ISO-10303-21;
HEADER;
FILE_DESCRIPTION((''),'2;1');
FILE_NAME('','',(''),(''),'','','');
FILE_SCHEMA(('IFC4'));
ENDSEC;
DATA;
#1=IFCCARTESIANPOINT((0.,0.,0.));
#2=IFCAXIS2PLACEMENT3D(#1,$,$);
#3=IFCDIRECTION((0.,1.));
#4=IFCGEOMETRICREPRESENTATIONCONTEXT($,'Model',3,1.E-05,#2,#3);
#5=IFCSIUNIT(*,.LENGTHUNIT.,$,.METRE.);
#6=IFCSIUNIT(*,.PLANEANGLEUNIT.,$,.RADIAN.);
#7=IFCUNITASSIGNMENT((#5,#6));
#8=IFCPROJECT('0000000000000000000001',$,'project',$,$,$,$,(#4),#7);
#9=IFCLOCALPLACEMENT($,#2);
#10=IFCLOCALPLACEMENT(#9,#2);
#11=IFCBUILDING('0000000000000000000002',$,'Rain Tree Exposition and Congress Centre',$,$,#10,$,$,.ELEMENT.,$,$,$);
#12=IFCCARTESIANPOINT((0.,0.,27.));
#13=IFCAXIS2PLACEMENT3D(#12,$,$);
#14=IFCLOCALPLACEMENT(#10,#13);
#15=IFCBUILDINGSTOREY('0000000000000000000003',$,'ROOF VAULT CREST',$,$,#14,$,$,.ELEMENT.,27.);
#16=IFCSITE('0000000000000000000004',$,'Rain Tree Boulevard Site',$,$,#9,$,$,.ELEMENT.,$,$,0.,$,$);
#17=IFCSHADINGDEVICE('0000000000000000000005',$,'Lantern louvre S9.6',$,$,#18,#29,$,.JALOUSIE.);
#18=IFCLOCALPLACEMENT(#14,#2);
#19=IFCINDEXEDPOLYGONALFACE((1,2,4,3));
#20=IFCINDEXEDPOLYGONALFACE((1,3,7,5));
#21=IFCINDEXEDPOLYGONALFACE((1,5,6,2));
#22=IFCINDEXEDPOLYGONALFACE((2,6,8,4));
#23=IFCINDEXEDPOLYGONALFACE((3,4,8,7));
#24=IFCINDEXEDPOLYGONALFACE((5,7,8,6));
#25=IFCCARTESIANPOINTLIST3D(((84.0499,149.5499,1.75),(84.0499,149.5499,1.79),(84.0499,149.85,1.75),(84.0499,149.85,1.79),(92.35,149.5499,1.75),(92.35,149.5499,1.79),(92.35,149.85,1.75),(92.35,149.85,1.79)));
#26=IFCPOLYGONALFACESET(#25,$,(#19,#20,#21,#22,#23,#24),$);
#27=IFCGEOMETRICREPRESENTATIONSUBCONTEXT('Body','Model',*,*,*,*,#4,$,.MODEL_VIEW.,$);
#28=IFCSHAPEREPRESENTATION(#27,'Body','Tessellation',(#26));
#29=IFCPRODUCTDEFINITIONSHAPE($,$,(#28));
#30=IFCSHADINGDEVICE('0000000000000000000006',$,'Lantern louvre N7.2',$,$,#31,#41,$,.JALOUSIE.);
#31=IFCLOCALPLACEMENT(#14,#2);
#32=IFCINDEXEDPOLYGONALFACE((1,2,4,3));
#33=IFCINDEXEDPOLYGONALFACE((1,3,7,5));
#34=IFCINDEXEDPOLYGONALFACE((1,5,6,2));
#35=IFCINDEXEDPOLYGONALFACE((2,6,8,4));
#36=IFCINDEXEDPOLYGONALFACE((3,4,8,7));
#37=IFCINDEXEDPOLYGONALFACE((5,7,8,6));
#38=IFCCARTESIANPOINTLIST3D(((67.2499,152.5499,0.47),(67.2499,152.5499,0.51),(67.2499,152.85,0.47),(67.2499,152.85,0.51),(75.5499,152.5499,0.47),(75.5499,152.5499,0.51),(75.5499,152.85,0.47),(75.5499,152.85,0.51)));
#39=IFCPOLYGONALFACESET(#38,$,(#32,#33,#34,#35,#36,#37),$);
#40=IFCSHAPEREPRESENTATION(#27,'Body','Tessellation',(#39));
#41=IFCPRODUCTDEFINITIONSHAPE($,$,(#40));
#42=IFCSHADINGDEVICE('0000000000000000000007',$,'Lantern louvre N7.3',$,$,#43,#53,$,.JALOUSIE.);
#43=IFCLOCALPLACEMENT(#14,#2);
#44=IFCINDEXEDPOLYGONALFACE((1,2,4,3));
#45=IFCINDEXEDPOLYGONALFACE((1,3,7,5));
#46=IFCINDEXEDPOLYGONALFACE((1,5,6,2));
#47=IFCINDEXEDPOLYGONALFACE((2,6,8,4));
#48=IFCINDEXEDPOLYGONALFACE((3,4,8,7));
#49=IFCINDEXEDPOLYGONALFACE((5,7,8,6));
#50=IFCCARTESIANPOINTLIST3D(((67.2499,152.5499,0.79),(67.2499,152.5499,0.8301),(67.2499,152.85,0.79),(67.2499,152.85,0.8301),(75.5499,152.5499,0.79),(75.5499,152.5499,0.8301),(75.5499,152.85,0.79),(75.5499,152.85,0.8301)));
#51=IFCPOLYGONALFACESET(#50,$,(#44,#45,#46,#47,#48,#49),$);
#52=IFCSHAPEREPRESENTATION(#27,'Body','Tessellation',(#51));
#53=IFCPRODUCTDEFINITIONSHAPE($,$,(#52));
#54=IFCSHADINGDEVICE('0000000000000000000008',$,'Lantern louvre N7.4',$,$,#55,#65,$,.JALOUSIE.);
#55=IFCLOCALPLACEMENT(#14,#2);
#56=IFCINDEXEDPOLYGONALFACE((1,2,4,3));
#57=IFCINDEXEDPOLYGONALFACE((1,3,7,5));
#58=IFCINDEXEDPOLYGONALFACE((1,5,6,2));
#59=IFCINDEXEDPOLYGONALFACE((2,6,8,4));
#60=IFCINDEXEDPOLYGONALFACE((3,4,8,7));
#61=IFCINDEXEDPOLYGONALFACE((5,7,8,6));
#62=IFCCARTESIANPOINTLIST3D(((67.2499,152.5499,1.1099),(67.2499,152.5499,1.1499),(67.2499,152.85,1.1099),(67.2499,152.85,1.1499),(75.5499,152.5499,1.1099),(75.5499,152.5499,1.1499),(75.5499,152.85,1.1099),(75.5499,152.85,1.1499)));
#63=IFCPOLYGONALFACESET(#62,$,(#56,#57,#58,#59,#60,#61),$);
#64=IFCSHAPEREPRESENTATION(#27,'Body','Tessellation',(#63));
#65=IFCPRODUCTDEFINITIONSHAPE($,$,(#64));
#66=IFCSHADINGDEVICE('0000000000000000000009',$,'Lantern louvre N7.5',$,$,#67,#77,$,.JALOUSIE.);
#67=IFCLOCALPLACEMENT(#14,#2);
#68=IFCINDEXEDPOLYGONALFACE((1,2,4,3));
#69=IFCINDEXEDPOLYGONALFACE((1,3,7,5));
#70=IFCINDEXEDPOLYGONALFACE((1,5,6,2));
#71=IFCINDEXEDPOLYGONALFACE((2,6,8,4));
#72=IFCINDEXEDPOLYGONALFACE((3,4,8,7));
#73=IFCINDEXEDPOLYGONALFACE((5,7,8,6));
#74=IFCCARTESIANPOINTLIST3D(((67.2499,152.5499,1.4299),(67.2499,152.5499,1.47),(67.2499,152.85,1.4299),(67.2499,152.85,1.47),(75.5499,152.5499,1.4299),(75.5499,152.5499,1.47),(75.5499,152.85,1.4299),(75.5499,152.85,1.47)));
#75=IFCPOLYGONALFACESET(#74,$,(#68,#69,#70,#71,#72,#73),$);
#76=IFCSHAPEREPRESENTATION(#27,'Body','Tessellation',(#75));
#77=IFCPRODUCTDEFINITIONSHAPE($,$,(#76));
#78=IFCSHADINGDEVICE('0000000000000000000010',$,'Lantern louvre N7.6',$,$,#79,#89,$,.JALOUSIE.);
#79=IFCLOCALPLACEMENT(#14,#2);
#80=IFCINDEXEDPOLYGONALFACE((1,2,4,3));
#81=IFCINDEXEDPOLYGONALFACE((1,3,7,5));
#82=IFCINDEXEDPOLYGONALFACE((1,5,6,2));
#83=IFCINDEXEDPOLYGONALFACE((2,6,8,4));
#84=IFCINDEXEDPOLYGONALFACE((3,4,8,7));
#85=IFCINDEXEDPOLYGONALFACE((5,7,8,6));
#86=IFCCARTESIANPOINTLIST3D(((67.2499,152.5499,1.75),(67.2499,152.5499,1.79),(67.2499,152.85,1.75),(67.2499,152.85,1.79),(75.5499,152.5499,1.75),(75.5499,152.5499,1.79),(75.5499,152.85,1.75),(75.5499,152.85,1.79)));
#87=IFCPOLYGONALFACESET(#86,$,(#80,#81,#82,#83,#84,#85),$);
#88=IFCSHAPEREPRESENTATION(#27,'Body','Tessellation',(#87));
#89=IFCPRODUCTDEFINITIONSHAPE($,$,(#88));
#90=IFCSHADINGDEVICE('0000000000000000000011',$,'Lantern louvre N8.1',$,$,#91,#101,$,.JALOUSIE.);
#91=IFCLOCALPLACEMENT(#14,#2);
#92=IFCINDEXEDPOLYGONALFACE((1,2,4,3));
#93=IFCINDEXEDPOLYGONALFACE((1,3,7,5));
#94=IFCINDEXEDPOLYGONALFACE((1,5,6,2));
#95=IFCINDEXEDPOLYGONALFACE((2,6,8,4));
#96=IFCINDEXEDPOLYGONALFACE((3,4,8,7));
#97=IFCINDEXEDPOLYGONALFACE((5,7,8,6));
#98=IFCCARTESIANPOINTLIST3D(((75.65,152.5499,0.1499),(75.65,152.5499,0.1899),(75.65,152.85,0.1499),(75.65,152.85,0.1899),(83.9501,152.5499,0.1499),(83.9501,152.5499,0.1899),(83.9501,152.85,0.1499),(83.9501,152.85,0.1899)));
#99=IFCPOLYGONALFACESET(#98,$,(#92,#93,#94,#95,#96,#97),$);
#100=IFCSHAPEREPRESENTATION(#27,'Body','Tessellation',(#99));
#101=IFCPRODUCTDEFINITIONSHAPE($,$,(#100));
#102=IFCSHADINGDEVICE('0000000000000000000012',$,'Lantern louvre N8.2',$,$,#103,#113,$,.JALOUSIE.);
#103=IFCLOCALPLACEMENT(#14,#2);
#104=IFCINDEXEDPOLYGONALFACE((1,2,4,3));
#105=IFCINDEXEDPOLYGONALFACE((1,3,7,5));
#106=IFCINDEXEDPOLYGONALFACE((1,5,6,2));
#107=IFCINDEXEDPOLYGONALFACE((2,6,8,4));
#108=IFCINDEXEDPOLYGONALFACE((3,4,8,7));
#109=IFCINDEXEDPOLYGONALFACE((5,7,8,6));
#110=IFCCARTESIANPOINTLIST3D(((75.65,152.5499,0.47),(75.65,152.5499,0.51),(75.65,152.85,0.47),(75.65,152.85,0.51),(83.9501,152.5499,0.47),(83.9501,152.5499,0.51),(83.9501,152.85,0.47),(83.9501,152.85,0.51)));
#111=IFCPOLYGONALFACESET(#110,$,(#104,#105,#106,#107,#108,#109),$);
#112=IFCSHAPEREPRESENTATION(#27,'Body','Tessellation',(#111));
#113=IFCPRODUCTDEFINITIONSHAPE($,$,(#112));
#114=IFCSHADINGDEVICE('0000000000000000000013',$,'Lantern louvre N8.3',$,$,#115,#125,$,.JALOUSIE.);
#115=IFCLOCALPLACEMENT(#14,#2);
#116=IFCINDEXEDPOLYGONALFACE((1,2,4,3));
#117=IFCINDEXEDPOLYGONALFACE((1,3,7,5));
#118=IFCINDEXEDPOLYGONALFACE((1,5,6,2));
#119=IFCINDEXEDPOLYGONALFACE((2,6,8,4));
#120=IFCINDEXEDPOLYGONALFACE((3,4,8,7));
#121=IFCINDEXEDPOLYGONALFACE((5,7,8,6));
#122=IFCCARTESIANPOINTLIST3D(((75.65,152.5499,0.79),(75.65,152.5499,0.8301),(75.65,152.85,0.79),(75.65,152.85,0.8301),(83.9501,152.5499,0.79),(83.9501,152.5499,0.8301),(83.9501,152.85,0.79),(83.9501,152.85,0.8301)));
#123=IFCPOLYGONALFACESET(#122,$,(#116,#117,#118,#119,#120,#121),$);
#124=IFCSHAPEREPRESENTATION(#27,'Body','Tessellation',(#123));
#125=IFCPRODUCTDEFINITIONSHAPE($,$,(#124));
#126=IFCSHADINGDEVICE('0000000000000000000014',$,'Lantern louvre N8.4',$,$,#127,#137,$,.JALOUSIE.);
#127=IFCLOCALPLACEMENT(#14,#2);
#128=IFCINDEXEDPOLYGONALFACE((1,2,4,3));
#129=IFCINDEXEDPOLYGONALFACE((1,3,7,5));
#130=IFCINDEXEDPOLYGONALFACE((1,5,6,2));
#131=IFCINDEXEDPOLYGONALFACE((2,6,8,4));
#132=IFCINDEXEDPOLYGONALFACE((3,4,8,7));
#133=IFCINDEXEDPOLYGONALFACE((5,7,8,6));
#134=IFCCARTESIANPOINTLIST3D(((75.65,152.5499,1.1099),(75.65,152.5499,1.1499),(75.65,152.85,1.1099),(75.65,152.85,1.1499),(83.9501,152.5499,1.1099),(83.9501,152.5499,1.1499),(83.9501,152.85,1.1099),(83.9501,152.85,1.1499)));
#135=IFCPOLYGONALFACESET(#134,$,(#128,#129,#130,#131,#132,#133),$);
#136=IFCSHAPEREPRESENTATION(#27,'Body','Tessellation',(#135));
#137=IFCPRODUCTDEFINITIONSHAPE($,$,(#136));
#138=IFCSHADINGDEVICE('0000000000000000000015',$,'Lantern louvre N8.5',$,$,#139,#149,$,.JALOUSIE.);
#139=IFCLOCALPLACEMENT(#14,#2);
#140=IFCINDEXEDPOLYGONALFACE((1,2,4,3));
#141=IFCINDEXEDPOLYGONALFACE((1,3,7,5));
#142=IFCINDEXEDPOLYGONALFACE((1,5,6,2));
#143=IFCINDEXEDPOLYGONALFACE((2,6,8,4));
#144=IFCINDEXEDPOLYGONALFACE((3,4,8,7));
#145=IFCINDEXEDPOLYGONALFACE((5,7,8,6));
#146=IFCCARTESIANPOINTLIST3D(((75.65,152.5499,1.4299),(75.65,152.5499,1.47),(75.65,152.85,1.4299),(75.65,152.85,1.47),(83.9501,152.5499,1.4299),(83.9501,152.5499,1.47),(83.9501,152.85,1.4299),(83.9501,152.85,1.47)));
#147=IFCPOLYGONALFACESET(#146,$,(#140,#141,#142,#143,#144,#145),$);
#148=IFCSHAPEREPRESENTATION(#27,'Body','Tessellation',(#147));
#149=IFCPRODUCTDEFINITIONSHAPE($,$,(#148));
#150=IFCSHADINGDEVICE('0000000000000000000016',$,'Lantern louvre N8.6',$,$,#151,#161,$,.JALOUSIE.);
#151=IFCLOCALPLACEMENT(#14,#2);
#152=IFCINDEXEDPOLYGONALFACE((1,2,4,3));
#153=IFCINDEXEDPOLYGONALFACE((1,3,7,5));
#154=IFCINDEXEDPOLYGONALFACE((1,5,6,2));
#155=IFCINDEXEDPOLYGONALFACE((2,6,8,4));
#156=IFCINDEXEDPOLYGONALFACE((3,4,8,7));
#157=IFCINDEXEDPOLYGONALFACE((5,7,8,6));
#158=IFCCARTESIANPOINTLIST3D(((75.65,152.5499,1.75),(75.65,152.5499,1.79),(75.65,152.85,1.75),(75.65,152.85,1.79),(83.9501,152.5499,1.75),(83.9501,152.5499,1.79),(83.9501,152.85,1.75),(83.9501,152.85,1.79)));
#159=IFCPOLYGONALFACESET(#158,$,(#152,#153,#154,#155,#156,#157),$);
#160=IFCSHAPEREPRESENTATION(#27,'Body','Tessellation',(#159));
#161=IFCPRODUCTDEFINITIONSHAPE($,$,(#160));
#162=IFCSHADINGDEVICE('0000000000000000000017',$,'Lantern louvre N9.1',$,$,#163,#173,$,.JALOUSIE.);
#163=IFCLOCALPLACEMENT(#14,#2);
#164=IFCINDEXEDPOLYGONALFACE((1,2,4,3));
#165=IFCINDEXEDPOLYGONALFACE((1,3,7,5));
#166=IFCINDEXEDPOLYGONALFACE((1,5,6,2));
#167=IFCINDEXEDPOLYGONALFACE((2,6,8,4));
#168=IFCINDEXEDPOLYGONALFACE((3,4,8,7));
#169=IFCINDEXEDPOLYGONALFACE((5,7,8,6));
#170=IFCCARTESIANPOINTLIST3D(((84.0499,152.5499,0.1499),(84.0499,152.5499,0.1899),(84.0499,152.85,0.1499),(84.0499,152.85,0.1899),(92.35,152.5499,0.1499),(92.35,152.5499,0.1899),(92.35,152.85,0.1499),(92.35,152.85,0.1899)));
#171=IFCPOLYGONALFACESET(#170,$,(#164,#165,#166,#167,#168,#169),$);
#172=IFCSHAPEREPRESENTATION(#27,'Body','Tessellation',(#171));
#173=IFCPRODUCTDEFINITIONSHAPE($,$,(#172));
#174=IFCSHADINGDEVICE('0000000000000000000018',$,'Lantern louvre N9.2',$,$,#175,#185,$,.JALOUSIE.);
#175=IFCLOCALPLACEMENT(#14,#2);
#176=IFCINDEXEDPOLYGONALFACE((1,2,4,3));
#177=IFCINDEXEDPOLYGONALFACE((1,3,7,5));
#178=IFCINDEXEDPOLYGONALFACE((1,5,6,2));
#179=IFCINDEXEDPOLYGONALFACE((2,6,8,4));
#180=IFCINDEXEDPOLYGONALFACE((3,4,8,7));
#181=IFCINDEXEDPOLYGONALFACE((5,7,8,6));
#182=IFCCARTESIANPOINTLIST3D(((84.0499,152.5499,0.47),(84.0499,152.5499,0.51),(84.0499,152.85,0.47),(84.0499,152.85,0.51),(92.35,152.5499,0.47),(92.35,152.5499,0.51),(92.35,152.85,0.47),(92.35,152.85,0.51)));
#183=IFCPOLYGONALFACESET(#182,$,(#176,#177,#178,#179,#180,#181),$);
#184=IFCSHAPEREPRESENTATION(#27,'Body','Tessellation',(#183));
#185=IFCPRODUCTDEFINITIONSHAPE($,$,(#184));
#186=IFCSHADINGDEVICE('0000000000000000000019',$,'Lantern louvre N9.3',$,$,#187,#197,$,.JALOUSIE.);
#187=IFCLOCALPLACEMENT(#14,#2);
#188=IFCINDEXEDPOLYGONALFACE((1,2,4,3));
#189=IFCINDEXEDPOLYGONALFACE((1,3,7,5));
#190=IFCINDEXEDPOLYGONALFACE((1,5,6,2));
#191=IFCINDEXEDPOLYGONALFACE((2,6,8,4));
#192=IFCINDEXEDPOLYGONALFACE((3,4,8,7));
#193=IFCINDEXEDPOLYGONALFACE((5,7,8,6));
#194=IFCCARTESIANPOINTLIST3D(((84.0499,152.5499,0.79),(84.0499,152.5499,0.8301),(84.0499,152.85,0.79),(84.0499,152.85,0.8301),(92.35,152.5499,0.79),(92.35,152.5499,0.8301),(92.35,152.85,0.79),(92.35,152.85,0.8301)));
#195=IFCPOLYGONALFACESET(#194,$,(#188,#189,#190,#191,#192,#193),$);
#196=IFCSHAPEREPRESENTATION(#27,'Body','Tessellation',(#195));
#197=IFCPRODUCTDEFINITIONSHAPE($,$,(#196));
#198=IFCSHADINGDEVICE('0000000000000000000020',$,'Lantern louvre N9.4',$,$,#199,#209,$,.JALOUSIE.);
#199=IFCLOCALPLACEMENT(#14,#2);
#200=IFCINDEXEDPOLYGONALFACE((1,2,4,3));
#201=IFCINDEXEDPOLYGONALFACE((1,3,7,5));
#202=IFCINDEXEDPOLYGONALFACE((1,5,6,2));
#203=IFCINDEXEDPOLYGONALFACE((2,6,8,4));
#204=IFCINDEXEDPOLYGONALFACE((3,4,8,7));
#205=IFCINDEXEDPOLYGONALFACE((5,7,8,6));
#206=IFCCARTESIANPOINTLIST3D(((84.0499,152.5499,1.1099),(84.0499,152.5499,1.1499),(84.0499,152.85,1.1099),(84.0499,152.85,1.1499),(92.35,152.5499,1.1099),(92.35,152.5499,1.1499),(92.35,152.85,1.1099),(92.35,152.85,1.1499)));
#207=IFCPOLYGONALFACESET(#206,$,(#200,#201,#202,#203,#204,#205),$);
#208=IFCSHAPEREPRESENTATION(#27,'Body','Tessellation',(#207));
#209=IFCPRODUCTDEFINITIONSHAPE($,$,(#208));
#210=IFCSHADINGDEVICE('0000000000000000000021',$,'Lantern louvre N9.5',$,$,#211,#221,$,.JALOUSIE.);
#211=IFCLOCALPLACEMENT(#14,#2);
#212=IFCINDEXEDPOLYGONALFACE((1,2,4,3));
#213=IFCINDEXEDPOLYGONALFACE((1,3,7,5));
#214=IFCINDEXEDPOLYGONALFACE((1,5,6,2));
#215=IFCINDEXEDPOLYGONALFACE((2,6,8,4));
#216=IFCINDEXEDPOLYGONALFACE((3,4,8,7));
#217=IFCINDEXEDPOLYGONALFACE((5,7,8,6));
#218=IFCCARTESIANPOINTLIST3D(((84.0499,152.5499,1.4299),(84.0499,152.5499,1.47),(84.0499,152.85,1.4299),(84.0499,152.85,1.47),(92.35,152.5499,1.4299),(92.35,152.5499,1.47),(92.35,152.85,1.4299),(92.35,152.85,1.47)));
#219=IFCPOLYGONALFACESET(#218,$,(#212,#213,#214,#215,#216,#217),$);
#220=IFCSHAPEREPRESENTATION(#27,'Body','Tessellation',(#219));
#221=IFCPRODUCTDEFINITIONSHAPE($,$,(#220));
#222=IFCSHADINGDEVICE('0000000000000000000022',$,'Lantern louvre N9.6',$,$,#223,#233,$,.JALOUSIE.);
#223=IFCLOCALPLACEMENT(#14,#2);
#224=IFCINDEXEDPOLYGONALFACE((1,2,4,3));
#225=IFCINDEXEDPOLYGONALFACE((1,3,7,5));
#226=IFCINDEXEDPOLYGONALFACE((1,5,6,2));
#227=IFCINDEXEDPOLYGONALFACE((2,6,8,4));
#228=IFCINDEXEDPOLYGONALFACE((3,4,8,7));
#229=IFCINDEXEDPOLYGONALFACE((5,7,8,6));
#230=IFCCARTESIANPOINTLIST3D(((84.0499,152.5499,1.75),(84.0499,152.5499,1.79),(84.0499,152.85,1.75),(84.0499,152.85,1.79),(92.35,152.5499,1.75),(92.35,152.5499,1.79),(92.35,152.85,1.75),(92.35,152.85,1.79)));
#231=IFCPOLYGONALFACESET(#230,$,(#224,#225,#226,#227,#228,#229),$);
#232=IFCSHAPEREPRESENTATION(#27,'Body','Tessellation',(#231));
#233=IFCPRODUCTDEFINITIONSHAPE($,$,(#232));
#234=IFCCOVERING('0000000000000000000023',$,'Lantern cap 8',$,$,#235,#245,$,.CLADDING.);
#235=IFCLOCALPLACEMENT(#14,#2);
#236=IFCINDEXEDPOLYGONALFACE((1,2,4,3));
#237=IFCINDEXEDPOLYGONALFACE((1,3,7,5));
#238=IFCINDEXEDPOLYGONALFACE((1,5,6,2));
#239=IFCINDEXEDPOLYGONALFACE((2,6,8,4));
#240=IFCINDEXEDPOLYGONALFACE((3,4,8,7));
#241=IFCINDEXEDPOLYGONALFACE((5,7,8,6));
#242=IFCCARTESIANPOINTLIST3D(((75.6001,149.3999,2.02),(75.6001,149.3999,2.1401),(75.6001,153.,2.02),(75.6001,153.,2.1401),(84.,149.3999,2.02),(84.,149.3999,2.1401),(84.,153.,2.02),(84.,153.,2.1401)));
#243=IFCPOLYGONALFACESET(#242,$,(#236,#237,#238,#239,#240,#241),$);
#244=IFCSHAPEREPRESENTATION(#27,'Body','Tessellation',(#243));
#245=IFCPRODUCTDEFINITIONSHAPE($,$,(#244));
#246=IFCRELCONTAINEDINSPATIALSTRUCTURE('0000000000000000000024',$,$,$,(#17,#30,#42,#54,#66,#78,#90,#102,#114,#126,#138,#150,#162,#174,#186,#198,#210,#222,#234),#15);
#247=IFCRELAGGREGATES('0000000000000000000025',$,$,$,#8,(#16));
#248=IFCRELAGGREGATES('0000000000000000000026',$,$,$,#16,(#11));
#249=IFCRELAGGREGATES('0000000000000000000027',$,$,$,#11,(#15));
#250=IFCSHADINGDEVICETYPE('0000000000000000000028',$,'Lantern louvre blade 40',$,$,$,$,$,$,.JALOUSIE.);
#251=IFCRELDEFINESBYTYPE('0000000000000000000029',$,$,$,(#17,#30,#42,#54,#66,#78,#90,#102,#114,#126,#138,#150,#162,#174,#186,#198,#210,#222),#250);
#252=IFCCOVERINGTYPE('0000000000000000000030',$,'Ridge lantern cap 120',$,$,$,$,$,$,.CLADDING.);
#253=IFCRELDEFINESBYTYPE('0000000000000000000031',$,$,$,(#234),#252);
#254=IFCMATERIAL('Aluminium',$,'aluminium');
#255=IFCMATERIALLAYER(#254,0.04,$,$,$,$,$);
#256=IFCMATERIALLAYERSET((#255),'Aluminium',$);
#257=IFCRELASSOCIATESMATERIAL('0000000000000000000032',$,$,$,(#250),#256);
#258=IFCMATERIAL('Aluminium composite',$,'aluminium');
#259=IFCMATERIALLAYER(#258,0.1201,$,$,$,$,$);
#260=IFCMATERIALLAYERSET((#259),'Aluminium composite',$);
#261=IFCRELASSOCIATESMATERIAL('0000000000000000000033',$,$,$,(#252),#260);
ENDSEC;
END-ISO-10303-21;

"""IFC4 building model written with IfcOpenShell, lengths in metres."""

from ifc_helpers import new_model, si_unit, direction, frame, origin, origin_2d, place, context, subcontext, project, spatial, rectangle, extrude, material, layer, layer_set, type_object, element, save


model = new_model("IFC4")

# Units and contexts
model_context = context("Model", 3, precision=1e-05, world=origin(), true_north=direction((0.0, 1.0)))
body_context = subcontext(model_context, "Body", "Model", "MODEL_VIEW")
ifc_project = project(units=[si_unit("LENGTHUNIT", "METRE"), si_unit("PLANEANGLEUNIT", "RADIAN")], contexts=[model_context])

# Site, building, storey
site_placement = place(None, origin())
site = spatial("IfcSite", under=ifc_project, at=site_placement, Name="Rain Tree Boulevard Site", CompositionType="ELEMENT", RefElevation=0.0)
building_placement = place(site_placement, origin())
building = spatial("IfcBuilding", under=site, at=building_placement, Name="Rain Tree Exposition and Congress Centre", CompositionType="ELEMENT")
storey_placement = place(building_placement, frame((0.0, 0.0, 27.0)))
storey = spatial("IfcBuildingStorey", under=building, at=storey_placement, Name="ROOF VAULT CREST", CompositionType="ELEMENT", Elevation=27.0)

# Shading devices
ifc_material_1 = material(Name="Aluminium", Category="aluminium")
ifc_layer_1 = layer(ifc_material_1, 0.04)
ifc_layer_set_1 = layer_set([ifc_layer_1], Name="Aluminium")
shading_device_type = type_object("IfcShadingDeviceType", Name="Lantern louvre blade 40", PredefinedType="JALOUSIE", material=ifc_layer_set_1)
for number, where, z_axis, x_axis, name in (
    (1, (88.2, 149.7, 1.75), (0.0, 0.0, 1.0), (1.0, 0.0, 0.0), "Lantern louvre S9.6"),
    (2, (71.3999, 152.7, 0.47), (0.0, 0.0, 1.0), (1.0, 0.0, 0.0), "Lantern louvre N7.2"),
    (3, (71.3999, 152.7, 0.79), (0.0, 0.0, 1.0), (1.0, 0.0, 0.0), "Lantern louvre N7.3"),
    (4, (71.3999, 152.7, 1.1099), (0.0, 0.0, 1.0), (1.0, 0.0, 0.0), "Lantern louvre N7.4"),
    (5, (71.3999, 152.7, 1.4299), (0.0, 0.0, 1.0), (1.0, 0.0, 0.0), "Lantern louvre N7.5"),
    (6, (71.3999, 152.7, 1.75), (0.0, 0.0, 1.0), (1.0, 0.0, 0.0), "Lantern louvre N7.6"),
    (7, (79.8, 152.7, 0.1499), (0.0, 0.0, 1.0), (1.0, 0.0, 0.0), "Lantern louvre N8.1"),
    (8, (79.8, 152.7, 0.47), (0.0, 0.0, 1.0), (1.0, 0.0, 0.0), "Lantern louvre N8.2"),
    (9, (79.8, 152.7, 0.79), (0.0, 0.0, 1.0), (1.0, 0.0, 0.0), "Lantern louvre N8.3"),
    (10, (79.8, 152.7, 1.1099), (0.0, 0.0, 1.0), (1.0, 0.0, 0.0), "Lantern louvre N8.4"),
    (11, (79.8, 152.7, 1.4299), (0.0, 0.0, 1.0), (1.0, 0.0, 0.0), "Lantern louvre N8.5"),
    (12, (79.8, 152.7, 1.75), (0.0, 0.0, 1.0), (1.0, 0.0, 0.0), "Lantern louvre N8.6"),
    (13, (88.2, 152.7, 0.1499), (0.0, 0.0, 1.0), (1.0, 0.0, 0.0), "Lantern louvre N9.1"),
    (14, (88.2, 152.7, 0.47), (0.0, 0.0, 1.0), (1.0, 0.0, 0.0), "Lantern louvre N9.2"),
    (15, (88.2, 152.7, 0.79), (0.0, 0.0, 1.0), (1.0, 0.0, 0.0), "Lantern louvre N9.3"),
    (16, (88.2, 152.7, 1.1099), (0.0, 0.0, 1.0), (1.0, 0.0, 0.0), "Lantern louvre N9.4"),
    (17, (88.2, 152.7, 1.4299), (0.0, 0.0, 1.0), (1.0, 0.0, 0.0), "Lantern louvre N9.5"),
    (18, (88.2, 152.7, 1.75), (0.0, 0.0, 1.0), (1.0, 0.0, 0.0), "Lantern louvre N9.6"),
):
    element("IfcShadingDevice", number, at=place(storey_placement, frame(where, z_axis=z_axis, x_axis=x_axis)), inside=storey, type_object=shading_device_type, Name=name, PredefinedType="JALOUSIE", context=body_context, shape_type="SweptSolid", body=[
        extrude(rectangle(XDim=8.3, YDim=0.3, at=origin_2d()), origin(), (0.0, 0.0, 1.0), 0.04),
    ])

# Covering
ifc_material_2 = material(Name="Aluminium composite", Category="aluminium")
ifc_layer_2 = layer(ifc_material_2, 0.1201)
ifc_layer_set_2 = layer_set([ifc_layer_2], Name="Aluminium composite")
covering_type_1 = type_object("IfcCoveringType", Name="Ridge lantern cap 120", PredefinedType="CLADDING", material=ifc_layer_set_2)
covering_1_placement = place(storey_placement, frame((79.8, 151.2, 2.02), z_axis=(0.0, 0.0, 1.0), x_axis=(1.0, 0.0, 0.0)))
element("IfcCovering", 19, at=covering_1_placement, inside=storey, type_object=covering_type_1, Name="Lantern cap 8", PredefinedType="CLADDING", context=body_context, shape_type="SweptSolid", body=[
    extrude(rectangle(XDim=8.3999, YDim=3.6001, at=origin_2d()), origin(), (0.0, 0.0, 1.0), 0.1201),
])

save(model, "model.ifc")
